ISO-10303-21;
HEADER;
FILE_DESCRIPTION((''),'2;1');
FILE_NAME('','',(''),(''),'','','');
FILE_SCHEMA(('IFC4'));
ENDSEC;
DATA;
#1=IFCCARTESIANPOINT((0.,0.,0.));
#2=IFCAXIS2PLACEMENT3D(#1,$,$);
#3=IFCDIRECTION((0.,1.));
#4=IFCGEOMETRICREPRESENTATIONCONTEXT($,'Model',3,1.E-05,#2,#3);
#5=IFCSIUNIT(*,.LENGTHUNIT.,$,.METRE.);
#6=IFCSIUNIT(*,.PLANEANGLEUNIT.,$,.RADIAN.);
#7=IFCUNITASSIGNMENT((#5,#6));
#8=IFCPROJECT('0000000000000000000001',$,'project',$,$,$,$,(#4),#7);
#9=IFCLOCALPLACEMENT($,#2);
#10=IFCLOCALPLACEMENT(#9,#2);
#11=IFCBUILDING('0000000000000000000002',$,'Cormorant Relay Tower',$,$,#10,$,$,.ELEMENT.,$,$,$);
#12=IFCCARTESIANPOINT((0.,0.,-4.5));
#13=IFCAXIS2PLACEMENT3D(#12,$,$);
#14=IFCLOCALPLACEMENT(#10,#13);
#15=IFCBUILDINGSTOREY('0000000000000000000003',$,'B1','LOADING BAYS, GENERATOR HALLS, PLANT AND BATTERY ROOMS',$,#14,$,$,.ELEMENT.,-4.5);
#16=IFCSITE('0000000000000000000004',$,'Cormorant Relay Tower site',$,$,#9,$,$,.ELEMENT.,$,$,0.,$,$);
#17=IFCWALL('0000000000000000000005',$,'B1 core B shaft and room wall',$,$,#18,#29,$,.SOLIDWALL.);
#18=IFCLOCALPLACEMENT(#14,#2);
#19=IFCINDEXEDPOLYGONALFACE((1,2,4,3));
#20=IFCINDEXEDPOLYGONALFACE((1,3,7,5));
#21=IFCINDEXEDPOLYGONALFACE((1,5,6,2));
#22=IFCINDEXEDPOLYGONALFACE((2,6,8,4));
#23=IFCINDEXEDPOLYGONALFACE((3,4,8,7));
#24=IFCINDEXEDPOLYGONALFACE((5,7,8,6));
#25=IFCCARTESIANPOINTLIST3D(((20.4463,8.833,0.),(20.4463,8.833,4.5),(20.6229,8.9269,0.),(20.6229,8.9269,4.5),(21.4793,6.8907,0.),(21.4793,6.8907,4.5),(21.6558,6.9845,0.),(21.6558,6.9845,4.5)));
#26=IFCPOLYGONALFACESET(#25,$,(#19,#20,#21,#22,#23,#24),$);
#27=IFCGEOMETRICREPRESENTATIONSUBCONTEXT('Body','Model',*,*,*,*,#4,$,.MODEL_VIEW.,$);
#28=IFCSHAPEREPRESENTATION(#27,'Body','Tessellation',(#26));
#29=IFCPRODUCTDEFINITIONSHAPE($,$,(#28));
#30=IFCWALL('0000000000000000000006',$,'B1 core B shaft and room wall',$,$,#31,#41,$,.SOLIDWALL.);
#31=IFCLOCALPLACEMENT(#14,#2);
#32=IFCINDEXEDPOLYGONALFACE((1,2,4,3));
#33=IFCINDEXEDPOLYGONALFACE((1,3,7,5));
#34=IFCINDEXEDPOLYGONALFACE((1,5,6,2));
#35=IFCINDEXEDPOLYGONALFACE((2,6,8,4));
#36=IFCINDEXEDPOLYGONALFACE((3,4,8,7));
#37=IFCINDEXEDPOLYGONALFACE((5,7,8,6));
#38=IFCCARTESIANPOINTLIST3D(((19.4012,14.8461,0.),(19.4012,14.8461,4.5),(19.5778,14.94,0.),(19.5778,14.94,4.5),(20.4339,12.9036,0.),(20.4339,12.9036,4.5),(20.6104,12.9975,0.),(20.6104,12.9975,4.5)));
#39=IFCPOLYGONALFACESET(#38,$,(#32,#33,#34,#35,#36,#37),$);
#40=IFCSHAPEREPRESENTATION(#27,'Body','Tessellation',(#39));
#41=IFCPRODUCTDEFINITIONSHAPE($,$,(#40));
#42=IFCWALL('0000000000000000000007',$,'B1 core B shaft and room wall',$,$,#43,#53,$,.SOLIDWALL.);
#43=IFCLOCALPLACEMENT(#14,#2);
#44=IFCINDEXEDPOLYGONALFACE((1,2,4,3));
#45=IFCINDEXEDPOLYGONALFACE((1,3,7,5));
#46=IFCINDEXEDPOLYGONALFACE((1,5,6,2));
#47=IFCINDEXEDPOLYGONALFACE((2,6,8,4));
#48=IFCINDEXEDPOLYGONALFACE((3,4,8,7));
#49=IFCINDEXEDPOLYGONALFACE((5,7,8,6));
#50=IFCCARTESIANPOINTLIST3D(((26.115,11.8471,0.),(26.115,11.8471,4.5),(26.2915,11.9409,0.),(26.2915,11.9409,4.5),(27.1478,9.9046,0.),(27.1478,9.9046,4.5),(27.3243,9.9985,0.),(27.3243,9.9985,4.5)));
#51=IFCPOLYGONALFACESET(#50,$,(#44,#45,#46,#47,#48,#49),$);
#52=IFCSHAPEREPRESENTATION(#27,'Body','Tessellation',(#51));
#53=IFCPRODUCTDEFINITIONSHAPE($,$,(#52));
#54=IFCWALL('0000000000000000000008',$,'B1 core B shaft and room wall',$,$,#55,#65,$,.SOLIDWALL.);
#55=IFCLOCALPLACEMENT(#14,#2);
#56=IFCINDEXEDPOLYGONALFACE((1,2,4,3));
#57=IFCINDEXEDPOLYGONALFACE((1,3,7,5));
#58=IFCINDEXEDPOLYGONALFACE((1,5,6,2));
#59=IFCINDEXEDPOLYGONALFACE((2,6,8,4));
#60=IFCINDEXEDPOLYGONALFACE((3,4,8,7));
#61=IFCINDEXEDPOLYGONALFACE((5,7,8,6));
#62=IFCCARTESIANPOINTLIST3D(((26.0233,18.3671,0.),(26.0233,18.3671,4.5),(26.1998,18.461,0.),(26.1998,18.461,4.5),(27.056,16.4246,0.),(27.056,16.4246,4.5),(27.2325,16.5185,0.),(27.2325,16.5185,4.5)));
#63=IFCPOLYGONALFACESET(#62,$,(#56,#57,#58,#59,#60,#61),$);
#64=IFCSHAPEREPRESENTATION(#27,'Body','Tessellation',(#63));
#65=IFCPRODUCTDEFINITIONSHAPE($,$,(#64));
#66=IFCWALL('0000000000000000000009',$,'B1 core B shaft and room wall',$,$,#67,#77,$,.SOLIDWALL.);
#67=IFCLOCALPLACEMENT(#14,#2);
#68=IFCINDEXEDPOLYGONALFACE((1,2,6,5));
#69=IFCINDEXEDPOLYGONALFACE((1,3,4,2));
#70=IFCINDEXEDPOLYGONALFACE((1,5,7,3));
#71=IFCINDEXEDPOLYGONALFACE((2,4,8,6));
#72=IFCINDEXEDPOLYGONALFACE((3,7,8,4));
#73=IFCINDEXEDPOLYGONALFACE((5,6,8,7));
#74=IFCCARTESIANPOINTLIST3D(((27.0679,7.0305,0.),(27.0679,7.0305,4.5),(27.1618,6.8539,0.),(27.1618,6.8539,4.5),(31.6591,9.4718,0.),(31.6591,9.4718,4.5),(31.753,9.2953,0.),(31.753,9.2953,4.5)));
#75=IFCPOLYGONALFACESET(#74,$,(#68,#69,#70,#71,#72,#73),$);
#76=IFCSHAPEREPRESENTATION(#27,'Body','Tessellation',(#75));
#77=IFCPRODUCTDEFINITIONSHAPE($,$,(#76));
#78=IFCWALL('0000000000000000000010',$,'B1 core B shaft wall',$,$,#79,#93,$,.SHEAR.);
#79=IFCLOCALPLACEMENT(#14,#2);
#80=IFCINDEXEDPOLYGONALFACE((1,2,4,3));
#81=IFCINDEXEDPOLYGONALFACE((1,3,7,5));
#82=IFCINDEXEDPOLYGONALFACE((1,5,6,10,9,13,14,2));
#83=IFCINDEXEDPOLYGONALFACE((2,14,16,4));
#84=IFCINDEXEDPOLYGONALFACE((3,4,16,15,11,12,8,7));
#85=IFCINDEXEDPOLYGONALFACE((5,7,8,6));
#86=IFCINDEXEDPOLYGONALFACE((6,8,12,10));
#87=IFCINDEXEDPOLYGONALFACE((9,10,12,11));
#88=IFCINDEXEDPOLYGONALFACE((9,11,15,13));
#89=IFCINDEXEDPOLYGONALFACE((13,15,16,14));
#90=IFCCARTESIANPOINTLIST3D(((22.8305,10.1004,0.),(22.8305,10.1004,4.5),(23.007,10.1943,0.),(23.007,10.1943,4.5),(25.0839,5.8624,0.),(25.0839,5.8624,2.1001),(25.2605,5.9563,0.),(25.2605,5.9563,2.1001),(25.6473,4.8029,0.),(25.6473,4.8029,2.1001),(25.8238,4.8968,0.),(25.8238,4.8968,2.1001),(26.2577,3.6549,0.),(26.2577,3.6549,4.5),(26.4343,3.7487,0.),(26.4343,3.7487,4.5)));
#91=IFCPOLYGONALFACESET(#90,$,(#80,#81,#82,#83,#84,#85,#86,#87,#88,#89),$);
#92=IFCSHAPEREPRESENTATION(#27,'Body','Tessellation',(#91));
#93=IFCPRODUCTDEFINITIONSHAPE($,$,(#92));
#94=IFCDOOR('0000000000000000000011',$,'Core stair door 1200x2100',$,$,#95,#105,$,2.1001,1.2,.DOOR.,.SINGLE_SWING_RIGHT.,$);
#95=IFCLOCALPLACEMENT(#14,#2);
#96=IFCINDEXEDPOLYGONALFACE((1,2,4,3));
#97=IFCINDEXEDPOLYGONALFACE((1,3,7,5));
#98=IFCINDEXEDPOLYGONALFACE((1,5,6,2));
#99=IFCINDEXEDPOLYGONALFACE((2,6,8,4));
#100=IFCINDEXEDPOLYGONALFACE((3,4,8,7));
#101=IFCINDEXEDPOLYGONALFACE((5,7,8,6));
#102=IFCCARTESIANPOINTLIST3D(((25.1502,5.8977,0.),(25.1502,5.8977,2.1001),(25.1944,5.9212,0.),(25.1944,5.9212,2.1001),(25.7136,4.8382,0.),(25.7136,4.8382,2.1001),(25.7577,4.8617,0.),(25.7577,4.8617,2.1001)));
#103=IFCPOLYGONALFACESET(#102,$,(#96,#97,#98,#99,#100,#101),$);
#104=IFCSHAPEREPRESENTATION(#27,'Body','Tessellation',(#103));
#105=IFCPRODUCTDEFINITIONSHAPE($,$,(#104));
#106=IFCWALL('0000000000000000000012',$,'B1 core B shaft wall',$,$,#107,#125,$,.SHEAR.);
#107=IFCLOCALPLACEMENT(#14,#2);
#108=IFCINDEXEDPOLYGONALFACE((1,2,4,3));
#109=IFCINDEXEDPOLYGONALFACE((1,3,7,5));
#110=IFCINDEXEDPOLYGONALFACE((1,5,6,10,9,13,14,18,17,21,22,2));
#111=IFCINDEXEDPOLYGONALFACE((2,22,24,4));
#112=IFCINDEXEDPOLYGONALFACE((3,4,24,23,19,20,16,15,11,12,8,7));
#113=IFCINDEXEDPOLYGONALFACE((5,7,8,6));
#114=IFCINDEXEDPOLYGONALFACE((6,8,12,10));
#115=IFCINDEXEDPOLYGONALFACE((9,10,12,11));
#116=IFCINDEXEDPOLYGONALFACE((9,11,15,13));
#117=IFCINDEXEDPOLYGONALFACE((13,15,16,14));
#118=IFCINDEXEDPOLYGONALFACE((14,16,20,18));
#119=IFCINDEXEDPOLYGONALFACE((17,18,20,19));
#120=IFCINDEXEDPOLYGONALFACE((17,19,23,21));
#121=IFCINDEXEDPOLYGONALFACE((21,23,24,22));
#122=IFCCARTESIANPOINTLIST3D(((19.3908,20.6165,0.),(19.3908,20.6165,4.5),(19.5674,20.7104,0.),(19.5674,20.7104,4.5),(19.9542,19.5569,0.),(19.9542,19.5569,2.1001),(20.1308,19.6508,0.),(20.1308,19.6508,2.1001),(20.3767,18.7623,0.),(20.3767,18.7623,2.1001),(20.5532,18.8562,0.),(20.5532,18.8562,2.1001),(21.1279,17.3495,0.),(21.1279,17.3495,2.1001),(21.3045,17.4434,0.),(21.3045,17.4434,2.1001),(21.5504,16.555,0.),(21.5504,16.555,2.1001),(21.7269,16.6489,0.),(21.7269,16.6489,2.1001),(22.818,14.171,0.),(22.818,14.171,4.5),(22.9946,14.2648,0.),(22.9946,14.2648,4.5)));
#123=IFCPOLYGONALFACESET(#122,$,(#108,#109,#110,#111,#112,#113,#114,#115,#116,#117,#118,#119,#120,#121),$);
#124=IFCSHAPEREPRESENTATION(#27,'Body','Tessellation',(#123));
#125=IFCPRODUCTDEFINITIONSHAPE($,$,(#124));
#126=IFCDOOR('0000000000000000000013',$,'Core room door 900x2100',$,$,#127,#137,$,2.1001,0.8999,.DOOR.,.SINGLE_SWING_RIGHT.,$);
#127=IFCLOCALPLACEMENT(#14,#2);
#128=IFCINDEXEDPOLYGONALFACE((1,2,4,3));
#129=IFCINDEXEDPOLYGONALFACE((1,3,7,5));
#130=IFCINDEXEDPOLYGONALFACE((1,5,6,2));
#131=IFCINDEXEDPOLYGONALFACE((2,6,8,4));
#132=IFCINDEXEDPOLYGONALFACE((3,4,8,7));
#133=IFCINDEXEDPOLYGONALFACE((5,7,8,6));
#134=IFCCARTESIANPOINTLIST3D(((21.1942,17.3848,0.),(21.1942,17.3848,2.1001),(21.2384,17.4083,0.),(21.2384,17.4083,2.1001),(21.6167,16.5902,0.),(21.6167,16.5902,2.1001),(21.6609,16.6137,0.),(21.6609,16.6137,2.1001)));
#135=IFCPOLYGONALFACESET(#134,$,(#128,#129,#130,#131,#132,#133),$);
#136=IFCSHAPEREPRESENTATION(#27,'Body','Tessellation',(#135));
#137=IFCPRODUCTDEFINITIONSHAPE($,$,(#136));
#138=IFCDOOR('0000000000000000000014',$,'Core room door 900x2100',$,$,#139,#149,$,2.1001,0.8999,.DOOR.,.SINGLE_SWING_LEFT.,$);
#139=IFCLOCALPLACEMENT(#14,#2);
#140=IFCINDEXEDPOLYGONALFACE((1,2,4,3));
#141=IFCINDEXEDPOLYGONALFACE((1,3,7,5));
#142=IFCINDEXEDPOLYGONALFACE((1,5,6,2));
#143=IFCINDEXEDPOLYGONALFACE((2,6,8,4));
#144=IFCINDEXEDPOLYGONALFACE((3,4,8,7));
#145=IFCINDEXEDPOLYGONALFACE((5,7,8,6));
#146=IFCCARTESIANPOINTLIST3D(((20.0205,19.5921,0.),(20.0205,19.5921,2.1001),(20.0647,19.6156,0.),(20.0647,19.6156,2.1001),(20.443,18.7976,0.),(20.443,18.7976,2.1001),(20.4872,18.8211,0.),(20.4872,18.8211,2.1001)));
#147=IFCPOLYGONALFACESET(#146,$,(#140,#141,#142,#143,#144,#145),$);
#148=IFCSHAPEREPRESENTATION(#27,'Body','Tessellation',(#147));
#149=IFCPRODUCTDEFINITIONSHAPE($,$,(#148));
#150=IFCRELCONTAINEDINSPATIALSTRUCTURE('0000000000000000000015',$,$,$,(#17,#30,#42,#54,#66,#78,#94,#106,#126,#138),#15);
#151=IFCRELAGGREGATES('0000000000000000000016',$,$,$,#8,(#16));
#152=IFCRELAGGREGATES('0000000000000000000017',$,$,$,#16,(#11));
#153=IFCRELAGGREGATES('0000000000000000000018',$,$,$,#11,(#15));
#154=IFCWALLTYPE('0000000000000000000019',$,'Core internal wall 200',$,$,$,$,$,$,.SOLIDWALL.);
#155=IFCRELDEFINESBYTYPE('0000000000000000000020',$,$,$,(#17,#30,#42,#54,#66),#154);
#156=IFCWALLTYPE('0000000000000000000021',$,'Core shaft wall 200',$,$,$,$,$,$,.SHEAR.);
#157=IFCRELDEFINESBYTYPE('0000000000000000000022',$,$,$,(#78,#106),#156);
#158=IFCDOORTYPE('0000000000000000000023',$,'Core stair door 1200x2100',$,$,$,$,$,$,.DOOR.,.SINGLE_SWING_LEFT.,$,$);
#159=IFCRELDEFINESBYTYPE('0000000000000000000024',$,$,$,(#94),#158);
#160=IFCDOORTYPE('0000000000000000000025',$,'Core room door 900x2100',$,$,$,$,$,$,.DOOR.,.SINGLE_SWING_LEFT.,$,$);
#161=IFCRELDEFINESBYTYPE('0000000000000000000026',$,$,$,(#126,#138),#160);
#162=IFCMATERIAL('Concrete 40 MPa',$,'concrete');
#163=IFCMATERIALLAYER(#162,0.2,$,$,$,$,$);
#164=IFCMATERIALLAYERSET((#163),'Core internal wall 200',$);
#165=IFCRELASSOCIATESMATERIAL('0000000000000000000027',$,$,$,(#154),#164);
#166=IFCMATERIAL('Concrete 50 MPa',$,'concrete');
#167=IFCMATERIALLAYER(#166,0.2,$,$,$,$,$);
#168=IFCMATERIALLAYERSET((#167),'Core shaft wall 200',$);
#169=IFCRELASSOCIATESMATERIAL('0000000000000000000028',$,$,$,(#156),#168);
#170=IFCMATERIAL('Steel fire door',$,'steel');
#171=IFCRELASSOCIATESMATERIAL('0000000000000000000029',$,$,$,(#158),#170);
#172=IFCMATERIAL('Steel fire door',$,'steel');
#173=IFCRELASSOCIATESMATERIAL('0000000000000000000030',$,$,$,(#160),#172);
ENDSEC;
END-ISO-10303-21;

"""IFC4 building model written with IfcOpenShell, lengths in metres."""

from ifc_helpers import new_model, si_unit, direction, frame, frame_2d, origin, place, context, subcontext, project, spatial, rectangle, extrude, material, layer, layer_set, type_object, element, fill, save


model = new_model("IFC4")

# Units and contexts
model_context = context("Model", 3, precision=1e-05, world=origin(), true_north=direction((0.0, 1.0)))
body_context = subcontext(model_context, "Body", "Model", "MODEL_VIEW")
ifc_project = project(units=[si_unit("LENGTHUNIT", "METRE"), si_unit("PLANEANGLEUNIT", "RADIAN")], contexts=[model_context])

# Site, building, storey
site_placement = place(None, origin())
site = spatial("IfcSite", under=ifc_project, at=site_placement, Name="Cormorant Relay Tower site", CompositionType="ELEMENT", RefElevation=0.0)
building_placement = place(site_placement, origin())
building = spatial("IfcBuilding", under=site, at=building_placement, Name="Cormorant Relay Tower", CompositionType="ELEMENT")
storey_placement = place(building_placement, frame((0.0, 0.0, -4.5)))
storey = spatial("IfcBuildingStorey", under=building, at=storey_placement, Name="B1", Description="LOADING BAYS, GENERATOR HALLS, PLANT AND BATTERY ROOMS", CompositionType="ELEMENT", Elevation=-4.5)

# Walls
ifc_material_1 = material(Name="Concrete 40 MPa", Category="concrete")
ifc_layer_1 = layer(ifc_material_1, 0.2)
ifc_layer_set_1 = layer_set([ifc_layer_1], Name="Core internal wall 200")
wall_type_1 = type_object("IfcWallType", Name="Core internal wall 200", PredefinedType="SOLIDWALL", material=ifc_layer_set_1)
for number, where, z_axis, x_axis, name in (
    (1, (21.5676, 6.9375, 0.0), (0.0, 0.0, 1.0), (-0.469534, 0.882914, 0.0), "B1 core B shaft and room wall"),
    (2, (20.5222, 12.9504, 0.0), (0.0, 0.0, 1.0), (-0.469401, 0.882985, 0.0), "B1 core B shaft and room wall"),
    (3, (27.2361, 9.9514, 0.0), (0.0, 0.0, 1.0), (-0.469447, 0.88296, 0.0), "B1 core B shaft and room wall"),
    (4, (27.1443, 16.4714, 0.0), (0.0, 0.0, 1.0), (-0.469401, 0.882985, 0.0), "B1 core B shaft and room wall"),
):
    element("IfcWall", number, at=place(storey_placement, frame(where, z_axis=z_axis, x_axis=x_axis)), inside=storey, type_object=wall_type_1, Name=name, PredefinedType="SOLIDWALL", context=body_context, shape_type="SweptSolid", body=[
        extrude(rectangle(XDim=2.2, YDim=0.2, at=frame_2d((1.1001, 0.0))), origin(), (0.0, 0.0, 1.0), 4.5),
    ])
wall_1_placement = place(storey_placement, frame((27.1147, 6.9421, 0.0), z_axis=(0.0, 0.0, 1.0), x_axis=(0.882935, 0.469496, 0.0)))
element("IfcWall", 5, at=wall_1_placement, inside=storey, type_object=wall_type_1, Name="B1 core B shaft and room wall", PredefinedType="SOLIDWALL", context=body_context, shape_type="SweptSolid", body=[
    extrude(rectangle(XDim=5.2, YDim=0.2, at=frame_2d((2.6001, 0.0))), origin(), (0.0, 0.0, 1.0), 4.5),
])

# Wall, opening, door
ifc_material_2 = material(Name="Concrete 50 MPa", Category="concrete")
ifc_layer_2 = layer(ifc_material_2, 0.2)
ifc_layer_set_2 = layer_set([ifc_layer_2], Name="Core shaft wall 200")
wall_type_2 = type_object("IfcWallType", Name="Core shaft wall 200", PredefinedType="SHEAR", material=ifc_layer_set_2)
wall_2_placement = place(storey_placement, frame((26.3459, 3.7019, 0.0), z_axis=(0.0, 0.0, 1.0), x_axis=(-0.46948, 0.882943, 0.0)))
wall_2 = element("IfcWall", 6, at=wall_2_placement, inside=storey, type_object=wall_type_2, Name="B1 core B shaft wall", PredefinedType="SHEAR", context=body_context, shape_type="SweptSolid", body=[
    extrude(rectangle(XDim=7.3, YDim=0.2, at=frame_2d((3.6499, 0.0))), origin(), (0.0, 0.0, 1.0), 4.5),
])
opening_1_placement = place(wall_2_placement, frame((1.3, 0.0, 0.0)))
opening_1 = element("IfcOpeningElement", 7, at=opening_1_placement, cuts=wall_2, PredefinedType="OPENING", context=body_context, shape_type="SweptSolid", body=[
    extrude(rectangle(XDim=1.2, YDim=2.1001, at=frame_2d((0.6001, 1.05))), frame((0.0, 0.1099, 0.0), z_axis=(0.0, -1.0, 0.0), x_axis=(1.0, 0.0, 0.0)), (0.0, 0.0, 1.0), 0.22),
])
ifc_material_3 = material(Name="Steel fire door", Category="steel")
door_type_1 = type_object("IfcDoorType", Name="Core stair door 1200x2100", OperationType="SINGLE_SWING_LEFT", PredefinedType="DOOR", material=ifc_material_3)
door_1_placement = place(opening_1_placement, origin())
door_1 = element("IfcDoor", 8, at=door_1_placement, inside=storey, type_object=door_type_1, Name="Core stair door 1200x2100", OperationType="SINGLE_SWING_RIGHT", OverallHeight=2.1001, OverallWidth=1.2, PredefinedType="DOOR", context=body_context, shape_type="SweptSolid", body=[
    extrude(rectangle(XDim=1.2, YDim=2.1001, at=frame_2d((0.6001, 1.05))), frame((0.0, 0.0249, 0.0), z_axis=(0.0, -1.0, 0.0), x_axis=(1.0, 0.0, 0.0)), (0.0, 0.0, 1.0), 0.05),
])
fill(opening_1, door_1)

# Wall, openings, doors
wall_3_placement = place(storey_placement, frame((22.9062, 14.218, 0.0), z_axis=(0.0, 0.0, 1.0), x_axis=(-0.46948, 0.882943, 0.0)))
wall_3 = element("IfcWall", 9, at=wall_3_placement, inside=storey, type_object=wall_type_2, Name="B1 core B shaft wall", PredefinedType="SHEAR", context=body_context, shape_type="SweptSolid", body=[
    extrude(rectangle(XDim=7.3, YDim=0.2, at=frame_2d((3.6499, 0.0))), origin(), (0.0, 0.0, 1.0), 4.5),
])
opening_2_placement = place(wall_3_placement, frame((2.7, 0.0, 0.0)))
opening_2 = element("IfcOpeningElement", 10, at=opening_2_placement, cuts=wall_3, PredefinedType="OPENING", context=body_context, shape_type="SweptSolid", body=[
    extrude(rectangle(XDim=0.8999, YDim=2.1001, at=frame_2d((0.45, 1.05))), frame((0.0, 0.1099, 0.0), z_axis=(0.0, -1.0, 0.0), x_axis=(1.0, 0.0, 0.0)), (0.0, 0.0, 1.0), 0.22),
])
opening_3_placement = place(wall_3_placement, frame((5.2, 0.0, 0.0)))
opening_3 = element("IfcOpeningElement", 11, at=opening_3_placement, cuts=wall_3, PredefinedType="OPENING", context=body_context, shape_type="SweptSolid", body=[
    extrude(rectangle(XDim=0.8999, YDim=2.1001, at=frame_2d((0.45, 1.05))), frame((0.0, 0.1099, 0.0), z_axis=(0.0, -1.0, 0.0), x_axis=(1.0, 0.0, 0.0)), (0.0, 0.0, 1.0), 0.22),
])
ifc_material_4 = material(Name="Steel fire door", Category="steel")
door_type_2 = type_object("IfcDoorType", Name="Core room door 900x2100", OperationType="SINGLE_SWING_LEFT", PredefinedType="DOOR", material=ifc_material_4)
door_2_placement = place(opening_2_placement, origin())
door_2 = element("IfcDoor", 12, at=door_2_placement, inside=storey, type_object=door_type_2, Name="Core room door 900x2100", OperationType="SINGLE_SWING_RIGHT", OverallHeight=2.1001, OverallWidth=0.8999, PredefinedType="DOOR", context=body_context, shape_type="SweptSolid", body=[
    extrude(rectangle(XDim=0.8999, YDim=2.1001, at=frame_2d((0.45, 1.05))), frame((0.0, 0.0249, 0.0), z_axis=(0.0, -1.0, 0.0), x_axis=(1.0, 0.0, 0.0)), (0.0, 0.0, 1.0), 0.05),
])
fill(opening_2, door_2)
door_3_placement = place(opening_3_placement, origin())
door_3 = element("IfcDoor", 13, at=door_3_placement, inside=storey, type_object=door_type_2, Name="Core room door 900x2100", OperationType="SINGLE_SWING_LEFT", OverallHeight=2.1001, OverallWidth=0.8999, PredefinedType="DOOR", context=body_context, shape_type="SweptSolid", body=[
    extrude(rectangle(XDim=0.8999, YDim=2.1001, at=frame_2d((0.45, 1.05))), frame((0.0, 0.0249, 0.0), z_axis=(0.0, -1.0, 0.0), x_axis=(1.0, 0.0, 0.0)), (0.0, 0.0, 1.0), 0.05),
])
fill(opening_3, door_3)

save(model, "model.ifc")
